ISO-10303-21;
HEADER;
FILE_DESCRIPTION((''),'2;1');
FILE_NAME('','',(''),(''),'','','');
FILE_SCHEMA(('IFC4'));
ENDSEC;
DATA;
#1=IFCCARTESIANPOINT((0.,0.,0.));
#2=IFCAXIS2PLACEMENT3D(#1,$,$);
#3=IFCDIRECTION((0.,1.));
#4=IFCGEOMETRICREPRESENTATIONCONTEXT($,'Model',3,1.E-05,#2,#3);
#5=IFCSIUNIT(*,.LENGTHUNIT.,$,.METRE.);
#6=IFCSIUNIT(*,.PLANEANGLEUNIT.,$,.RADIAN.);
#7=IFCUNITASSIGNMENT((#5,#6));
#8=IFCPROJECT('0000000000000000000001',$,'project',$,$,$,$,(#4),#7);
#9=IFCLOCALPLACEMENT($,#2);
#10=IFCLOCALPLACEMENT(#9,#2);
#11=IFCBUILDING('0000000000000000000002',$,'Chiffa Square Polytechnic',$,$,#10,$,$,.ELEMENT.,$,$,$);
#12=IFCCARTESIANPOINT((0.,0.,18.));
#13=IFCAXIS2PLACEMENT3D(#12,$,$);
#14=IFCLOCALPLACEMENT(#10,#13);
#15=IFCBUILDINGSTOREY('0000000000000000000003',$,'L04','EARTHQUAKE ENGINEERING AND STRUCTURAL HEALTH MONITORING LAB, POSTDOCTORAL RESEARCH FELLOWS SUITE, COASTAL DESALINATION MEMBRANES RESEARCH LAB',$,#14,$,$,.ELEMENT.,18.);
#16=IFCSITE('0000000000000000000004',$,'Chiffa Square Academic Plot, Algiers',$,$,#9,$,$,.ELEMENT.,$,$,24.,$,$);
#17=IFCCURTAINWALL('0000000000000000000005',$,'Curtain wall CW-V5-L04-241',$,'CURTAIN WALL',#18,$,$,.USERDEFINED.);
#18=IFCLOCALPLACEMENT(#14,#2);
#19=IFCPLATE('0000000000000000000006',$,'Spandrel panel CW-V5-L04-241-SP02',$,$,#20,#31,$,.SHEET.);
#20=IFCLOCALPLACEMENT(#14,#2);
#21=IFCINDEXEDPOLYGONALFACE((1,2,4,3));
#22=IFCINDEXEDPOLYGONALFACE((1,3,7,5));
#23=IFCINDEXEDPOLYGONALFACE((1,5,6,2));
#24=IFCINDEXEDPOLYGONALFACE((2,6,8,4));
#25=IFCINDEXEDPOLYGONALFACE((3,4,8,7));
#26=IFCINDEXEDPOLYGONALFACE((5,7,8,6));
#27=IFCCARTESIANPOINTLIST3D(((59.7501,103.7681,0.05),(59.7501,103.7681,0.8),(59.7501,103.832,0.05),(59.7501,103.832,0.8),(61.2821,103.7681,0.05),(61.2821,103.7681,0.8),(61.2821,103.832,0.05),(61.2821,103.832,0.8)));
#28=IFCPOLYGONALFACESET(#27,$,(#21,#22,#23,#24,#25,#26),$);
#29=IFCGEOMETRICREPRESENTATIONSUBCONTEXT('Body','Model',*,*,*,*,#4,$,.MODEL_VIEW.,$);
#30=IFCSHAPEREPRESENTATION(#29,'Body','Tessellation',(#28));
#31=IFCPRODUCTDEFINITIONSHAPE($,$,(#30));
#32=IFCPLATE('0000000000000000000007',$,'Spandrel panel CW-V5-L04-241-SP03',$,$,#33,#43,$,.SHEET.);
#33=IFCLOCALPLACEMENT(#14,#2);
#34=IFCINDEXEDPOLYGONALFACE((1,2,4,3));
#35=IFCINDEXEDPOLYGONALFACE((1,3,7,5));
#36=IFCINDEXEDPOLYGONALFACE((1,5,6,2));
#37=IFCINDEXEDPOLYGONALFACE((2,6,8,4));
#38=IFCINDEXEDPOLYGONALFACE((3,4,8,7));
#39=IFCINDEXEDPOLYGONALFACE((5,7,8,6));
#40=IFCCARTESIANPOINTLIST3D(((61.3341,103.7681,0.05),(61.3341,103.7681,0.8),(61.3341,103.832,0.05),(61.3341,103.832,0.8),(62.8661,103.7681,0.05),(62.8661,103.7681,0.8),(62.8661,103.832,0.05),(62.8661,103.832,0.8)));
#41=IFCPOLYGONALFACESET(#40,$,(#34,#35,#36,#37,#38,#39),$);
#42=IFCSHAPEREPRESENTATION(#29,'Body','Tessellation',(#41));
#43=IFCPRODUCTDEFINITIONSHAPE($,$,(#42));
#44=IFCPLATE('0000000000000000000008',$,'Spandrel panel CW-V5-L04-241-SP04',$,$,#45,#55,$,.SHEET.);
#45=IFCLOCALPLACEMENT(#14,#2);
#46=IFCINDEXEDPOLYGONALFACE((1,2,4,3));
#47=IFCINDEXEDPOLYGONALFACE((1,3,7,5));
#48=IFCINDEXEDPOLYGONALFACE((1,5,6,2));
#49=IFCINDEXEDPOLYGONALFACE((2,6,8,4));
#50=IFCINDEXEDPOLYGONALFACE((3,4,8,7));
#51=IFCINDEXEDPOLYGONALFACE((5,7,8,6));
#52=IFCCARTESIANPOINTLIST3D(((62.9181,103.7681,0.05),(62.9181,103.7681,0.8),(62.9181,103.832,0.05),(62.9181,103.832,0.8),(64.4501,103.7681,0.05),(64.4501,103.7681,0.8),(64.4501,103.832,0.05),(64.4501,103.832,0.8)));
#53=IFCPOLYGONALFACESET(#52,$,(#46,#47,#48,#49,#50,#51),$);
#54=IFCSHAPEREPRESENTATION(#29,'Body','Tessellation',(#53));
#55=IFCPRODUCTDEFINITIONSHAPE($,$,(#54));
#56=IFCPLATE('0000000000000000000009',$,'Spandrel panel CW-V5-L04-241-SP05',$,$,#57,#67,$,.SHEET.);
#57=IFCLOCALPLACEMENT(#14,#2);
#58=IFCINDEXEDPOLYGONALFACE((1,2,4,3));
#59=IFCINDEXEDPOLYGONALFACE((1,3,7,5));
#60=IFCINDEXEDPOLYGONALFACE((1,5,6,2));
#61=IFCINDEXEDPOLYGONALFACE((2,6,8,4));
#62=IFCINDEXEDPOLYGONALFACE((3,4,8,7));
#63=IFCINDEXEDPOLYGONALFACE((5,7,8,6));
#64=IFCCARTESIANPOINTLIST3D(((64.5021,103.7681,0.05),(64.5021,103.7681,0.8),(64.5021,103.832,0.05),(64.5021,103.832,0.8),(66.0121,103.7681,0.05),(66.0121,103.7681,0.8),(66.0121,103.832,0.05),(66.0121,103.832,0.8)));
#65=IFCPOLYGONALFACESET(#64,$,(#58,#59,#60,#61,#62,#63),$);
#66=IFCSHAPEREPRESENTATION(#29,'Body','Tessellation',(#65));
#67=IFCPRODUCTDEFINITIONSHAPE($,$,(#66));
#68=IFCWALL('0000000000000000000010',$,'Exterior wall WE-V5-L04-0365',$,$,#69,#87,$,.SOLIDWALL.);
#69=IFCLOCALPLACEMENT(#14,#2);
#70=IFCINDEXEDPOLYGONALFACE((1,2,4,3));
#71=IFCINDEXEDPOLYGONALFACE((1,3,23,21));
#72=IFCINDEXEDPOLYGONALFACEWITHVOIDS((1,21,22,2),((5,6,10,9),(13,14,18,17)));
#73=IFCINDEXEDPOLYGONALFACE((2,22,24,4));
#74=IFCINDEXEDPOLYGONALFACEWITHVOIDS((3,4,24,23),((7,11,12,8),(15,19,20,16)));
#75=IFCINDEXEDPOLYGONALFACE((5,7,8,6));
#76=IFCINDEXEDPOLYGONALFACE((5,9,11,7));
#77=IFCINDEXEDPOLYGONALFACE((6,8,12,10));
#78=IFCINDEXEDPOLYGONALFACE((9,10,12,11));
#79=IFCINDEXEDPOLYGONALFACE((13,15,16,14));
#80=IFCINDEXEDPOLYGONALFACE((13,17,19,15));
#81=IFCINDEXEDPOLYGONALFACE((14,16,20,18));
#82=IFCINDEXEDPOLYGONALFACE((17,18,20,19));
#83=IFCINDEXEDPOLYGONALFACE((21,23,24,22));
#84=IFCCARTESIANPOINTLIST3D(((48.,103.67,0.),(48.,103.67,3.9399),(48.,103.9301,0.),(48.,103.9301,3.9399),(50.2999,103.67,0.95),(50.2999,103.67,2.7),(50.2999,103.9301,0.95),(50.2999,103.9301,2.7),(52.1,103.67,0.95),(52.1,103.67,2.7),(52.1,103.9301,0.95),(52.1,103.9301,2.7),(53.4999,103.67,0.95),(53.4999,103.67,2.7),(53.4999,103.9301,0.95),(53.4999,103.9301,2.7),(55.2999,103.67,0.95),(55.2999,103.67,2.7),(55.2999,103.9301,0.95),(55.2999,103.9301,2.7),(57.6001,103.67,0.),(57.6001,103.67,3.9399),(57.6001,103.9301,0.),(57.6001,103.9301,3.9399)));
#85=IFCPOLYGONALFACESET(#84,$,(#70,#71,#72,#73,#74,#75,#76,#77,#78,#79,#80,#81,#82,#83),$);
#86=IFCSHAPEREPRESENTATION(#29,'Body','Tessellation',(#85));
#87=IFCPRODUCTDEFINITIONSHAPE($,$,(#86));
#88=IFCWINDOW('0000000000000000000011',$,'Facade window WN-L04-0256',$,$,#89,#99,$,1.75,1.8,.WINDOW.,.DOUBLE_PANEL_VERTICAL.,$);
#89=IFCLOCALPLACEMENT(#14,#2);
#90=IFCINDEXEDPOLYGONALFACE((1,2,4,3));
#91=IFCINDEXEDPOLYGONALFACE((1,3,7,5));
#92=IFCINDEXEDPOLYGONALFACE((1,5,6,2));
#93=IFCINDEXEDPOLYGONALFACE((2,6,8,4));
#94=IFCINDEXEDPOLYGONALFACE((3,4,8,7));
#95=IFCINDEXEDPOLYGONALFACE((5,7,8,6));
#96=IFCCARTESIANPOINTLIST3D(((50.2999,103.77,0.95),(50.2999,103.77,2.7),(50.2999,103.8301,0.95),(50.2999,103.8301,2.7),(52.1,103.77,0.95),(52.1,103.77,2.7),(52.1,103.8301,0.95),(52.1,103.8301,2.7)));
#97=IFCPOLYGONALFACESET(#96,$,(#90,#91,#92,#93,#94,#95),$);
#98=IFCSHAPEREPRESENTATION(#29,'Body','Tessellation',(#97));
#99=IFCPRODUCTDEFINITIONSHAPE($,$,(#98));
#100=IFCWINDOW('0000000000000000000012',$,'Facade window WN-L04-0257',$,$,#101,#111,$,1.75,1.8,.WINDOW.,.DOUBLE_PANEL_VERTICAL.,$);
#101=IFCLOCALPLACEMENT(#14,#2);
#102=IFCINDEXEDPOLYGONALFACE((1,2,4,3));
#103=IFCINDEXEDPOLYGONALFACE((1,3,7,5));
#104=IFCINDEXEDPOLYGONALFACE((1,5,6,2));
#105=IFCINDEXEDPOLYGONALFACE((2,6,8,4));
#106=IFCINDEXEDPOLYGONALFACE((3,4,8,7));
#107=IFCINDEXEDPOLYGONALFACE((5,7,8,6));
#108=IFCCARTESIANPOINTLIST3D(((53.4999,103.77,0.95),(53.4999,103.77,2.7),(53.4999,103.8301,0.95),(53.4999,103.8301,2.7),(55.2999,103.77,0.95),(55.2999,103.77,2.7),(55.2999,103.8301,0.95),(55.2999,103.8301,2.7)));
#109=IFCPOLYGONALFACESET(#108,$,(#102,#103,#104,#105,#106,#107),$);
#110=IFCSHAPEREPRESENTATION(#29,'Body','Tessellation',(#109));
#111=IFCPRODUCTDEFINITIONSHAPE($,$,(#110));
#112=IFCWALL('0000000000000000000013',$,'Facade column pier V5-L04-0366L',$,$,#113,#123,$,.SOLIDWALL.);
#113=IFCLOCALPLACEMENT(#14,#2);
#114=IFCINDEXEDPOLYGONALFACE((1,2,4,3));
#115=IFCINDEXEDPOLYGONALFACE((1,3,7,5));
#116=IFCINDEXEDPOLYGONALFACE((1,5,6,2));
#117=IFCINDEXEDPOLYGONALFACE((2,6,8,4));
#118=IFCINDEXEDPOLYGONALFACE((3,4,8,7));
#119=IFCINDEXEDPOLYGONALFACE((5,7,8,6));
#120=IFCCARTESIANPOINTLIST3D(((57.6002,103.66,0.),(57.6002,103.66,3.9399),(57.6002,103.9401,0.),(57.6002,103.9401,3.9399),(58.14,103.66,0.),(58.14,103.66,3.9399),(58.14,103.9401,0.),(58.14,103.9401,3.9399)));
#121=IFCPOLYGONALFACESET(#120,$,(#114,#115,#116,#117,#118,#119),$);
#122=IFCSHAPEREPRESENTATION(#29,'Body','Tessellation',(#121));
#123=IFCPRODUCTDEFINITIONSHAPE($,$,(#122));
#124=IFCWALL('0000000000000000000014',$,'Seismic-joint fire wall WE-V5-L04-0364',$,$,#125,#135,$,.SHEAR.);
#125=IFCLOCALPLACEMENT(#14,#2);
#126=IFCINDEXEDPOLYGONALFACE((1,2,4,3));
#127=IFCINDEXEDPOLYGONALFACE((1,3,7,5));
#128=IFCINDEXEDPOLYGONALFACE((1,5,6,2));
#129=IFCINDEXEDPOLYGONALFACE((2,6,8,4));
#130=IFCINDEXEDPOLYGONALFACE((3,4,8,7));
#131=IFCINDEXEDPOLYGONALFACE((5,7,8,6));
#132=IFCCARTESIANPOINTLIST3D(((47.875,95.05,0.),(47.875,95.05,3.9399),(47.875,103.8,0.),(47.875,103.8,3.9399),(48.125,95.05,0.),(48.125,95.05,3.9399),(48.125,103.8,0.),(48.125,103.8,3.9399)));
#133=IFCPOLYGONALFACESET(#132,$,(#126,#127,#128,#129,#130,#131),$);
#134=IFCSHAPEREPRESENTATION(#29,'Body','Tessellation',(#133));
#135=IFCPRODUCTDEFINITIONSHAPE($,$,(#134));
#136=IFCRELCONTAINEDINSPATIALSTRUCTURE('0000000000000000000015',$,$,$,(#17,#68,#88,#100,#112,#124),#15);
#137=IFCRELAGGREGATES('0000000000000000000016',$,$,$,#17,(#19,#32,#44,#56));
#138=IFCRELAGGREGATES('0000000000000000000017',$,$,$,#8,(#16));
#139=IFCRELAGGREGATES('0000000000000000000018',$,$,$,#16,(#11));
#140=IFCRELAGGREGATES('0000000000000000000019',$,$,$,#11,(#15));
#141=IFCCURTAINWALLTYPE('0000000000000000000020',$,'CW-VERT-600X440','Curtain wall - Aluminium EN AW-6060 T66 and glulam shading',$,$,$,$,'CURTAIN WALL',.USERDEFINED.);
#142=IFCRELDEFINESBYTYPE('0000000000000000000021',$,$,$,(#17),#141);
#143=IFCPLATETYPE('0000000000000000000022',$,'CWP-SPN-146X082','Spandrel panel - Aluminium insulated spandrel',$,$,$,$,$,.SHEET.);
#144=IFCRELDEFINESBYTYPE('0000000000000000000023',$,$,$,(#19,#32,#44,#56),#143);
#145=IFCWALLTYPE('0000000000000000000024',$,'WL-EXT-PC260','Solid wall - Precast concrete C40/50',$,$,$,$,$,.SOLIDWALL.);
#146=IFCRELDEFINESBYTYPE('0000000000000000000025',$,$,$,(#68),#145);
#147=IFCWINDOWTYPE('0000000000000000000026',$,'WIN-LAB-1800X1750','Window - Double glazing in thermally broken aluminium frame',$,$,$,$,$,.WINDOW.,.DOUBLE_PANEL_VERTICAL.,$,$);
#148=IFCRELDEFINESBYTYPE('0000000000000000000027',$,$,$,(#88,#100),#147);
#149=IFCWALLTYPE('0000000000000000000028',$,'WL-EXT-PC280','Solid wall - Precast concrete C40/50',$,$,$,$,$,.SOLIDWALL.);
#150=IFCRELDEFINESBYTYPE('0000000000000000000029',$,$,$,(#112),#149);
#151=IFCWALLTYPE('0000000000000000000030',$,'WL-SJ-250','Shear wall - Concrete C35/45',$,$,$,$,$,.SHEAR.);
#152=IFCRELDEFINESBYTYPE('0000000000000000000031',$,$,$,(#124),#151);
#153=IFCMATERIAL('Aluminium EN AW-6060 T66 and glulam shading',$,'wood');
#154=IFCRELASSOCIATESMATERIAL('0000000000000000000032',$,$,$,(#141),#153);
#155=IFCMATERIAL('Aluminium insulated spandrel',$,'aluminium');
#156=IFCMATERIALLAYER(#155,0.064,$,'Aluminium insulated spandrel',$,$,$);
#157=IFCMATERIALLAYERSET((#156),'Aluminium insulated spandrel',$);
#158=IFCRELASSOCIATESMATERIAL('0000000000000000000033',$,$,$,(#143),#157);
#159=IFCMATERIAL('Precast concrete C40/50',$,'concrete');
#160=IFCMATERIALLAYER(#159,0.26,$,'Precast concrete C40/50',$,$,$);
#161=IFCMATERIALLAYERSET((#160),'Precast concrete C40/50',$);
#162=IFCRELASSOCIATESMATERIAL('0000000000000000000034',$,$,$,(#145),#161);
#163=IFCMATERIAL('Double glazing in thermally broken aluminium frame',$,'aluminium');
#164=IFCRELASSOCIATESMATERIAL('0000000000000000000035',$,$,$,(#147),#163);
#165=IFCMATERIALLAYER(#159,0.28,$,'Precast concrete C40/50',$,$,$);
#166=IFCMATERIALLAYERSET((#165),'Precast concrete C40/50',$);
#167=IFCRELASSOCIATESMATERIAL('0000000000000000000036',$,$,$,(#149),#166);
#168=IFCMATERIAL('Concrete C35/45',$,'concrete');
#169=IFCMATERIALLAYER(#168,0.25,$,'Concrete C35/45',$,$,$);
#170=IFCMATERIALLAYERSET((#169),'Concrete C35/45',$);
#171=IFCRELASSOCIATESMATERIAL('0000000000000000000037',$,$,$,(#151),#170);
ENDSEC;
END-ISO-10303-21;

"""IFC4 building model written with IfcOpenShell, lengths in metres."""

from ifc_helpers import new_model, si_unit, direction, frame, frame_2d, origin, origin_2d, place, context, subcontext, project, spatial, rectangle, extrude, material, layer, layer_set, type_object, element, fill, aggregate, save


model = new_model("IFC4")

# Units and contexts
model_context = context("Model", 3, precision=1e-05, world=origin(), true_north=direction((0.0, 1.0)))
body_context = subcontext(model_context, "Body", "Model", "MODEL_VIEW")
ifc_project = project(units=[si_unit("LENGTHUNIT", "METRE"), si_unit("PLANEANGLEUNIT", "RADIAN")], contexts=[model_context])

# Site, building, storey
site_placement = place(None, origin())
site = spatial("IfcSite", under=ifc_project, at=site_placement, Name="Chiffa Square Academic Plot, Algiers", CompositionType="ELEMENT", RefElevation=24.0)
building_placement = place(site_placement, origin())
building = spatial("IfcBuilding", under=site, at=building_placement, Name="Chiffa Square Polytechnic", CompositionType="ELEMENT")
storey_placement = place(building_placement, frame((0.0, 0.0, 18.0)))
storey = spatial("IfcBuildingStorey", under=building, at=storey_placement, Name="L04", Description="EARTHQUAKE ENGINEERING AND STRUCTURAL HEALTH MONITORING LAB, POSTDOCTORAL RESEARCH FELLOWS SUITE, COASTAL DESALINATION MEMBRANES RESEARCH LAB", CompositionType="ELEMENT", Elevation=18.0)

# Shared definitions
ifc_material_1 = material(Name="Concrete C35/45", Category="concrete")

# Curtain wall, plates
ifc_material_2 = material(Name="Aluminium EN AW-6060 T66 and glulam shading", Category="wood")
curtain_wall_type = type_object("IfcCurtainWallType", Name="CW-VERT-600X440", Description="Curtain wall - Aluminium EN AW-6060 T66 and glulam shading", ElementType="CURTAIN WALL", PredefinedType="USERDEFINED", material=ifc_material_2)
curtain_wall_placement = place(storey_placement, origin())
curtain_wall = element("IfcCurtainWall", 1, at=curtain_wall_placement, inside=storey, type_object=curtain_wall_type, Name="Curtain wall CW-V5-L04-241", ObjectType="CURTAIN WALL", PredefinedType="USERDEFINED")
ifc_material_3 = material(Name="Aluminium insulated spandrel", Category="aluminium")
ifc_layer_1 = layer(ifc_material_3, 0.064, Name="Aluminium insulated spandrel")
ifc_layer_set_1 = layer_set([ifc_layer_1], Name="Aluminium insulated spandrel")
plate_type_1 = type_object("IfcPlateType", Name="CWP-SPN-146X082", Description="Spandrel panel - Aluminium insulated spandrel", PredefinedType="SHEET", material=ifc_layer_set_1)
plate_1_placement = place(storey_placement, frame((60.5161, 103.8, 0.05), z_axis=(0.0, 0.0, 1.0), x_axis=(1.0, 0.0, 0.0)))
plate_1 = element("IfcPlate", 2, at=plate_1_placement, type_object=plate_type_1, Name="Spandrel panel CW-V5-L04-241-SP02", PredefinedType="SHEET", context=body_context, shape_type="SweptSolid", body=[
    extrude(rectangle(XDim=1.532, YDim=0.064, at=origin_2d()), origin(), (0.0, 0.0, 1.0), 0.75),
])
plate_2_placement = place(storey_placement, frame((62.1001, 103.8, 0.05), z_axis=(0.0, 0.0, 1.0), x_axis=(1.0, 0.0, 0.0)))
plate_2 = element("IfcPlate", 3, at=plate_2_placement, type_object=plate_type_1, Name="Spandrel panel CW-V5-L04-241-SP03", PredefinedType="SHEET", context=body_context, shape_type="SweptSolid", body=[
    extrude(rectangle(XDim=1.532, YDim=0.064, at=origin_2d()), origin(), (0.0, 0.0, 1.0), 0.75),
])
plate_3_placement = place(storey_placement, frame((63.6841, 103.8, 0.05), z_axis=(0.0, 0.0, 1.0), x_axis=(1.0, 0.0, 0.0)))
plate_3 = element("IfcPlate", 4, at=plate_3_placement, type_object=plate_type_1, Name="Spandrel panel CW-V5-L04-241-SP04", PredefinedType="SHEET", context=body_context, shape_type="SweptSolid", body=[
    extrude(rectangle(XDim=1.532, YDim=0.064, at=origin_2d()), origin(), (0.0, 0.0, 1.0), 0.75),
])
plate_4_placement = place(storey_placement, frame((65.2571, 103.8, 0.05), z_axis=(0.0, 0.0, 1.0), x_axis=(1.0, 0.0, 0.0)))
plate_4 = element("IfcPlate", 5, at=plate_4_placement, type_object=plate_type_1, Name="Spandrel panel CW-V5-L04-241-SP05", PredefinedType="SHEET", context=body_context, shape_type="SweptSolid", body=[
    extrude(rectangle(XDim=1.51, YDim=0.064, at=origin_2d()), origin(), (0.0, 0.0, 1.0), 0.75),
])
aggregate(curtain_wall, [plate_1, plate_2, plate_3, plate_4])

# Wall, openings, windows
ifc_material_4 = material(Name="Precast concrete C40/50", Category="concrete")
ifc_layer_2 = layer(ifc_material_4, 0.26, Name="Precast concrete C40/50")
ifc_layer_set_2 = layer_set([ifc_layer_2], Name="Precast concrete C40/50")
wall_type_1 = type_object("IfcWallType", Name="WL-EXT-PC260", Description="Solid wall - Precast concrete C40/50", PredefinedType="SOLIDWALL", material=ifc_layer_set_2)
wall_1_placement = place(storey_placement, frame((48.0, 103.8, 0.0), z_axis=(0.0, 0.0, 1.0), x_axis=(1.0, 0.0, 0.0)))
wall_1 = element("IfcWall", 6, at=wall_1_placement, inside=storey, type_object=wall_type_1, Name="Exterior wall WE-V5-L04-0365", PredefinedType="SOLIDWALL", context=body_context, shape_type="SweptSolid", body=[
    extrude(rectangle(XDim=9.6001, YDim=0.26, at=frame_2d((4.8, 0.0))), origin(), (0.0, 0.0, 1.0), 3.9399),
])
opening_1_placement = place(wall_1_placement, frame((2.3, 0.0, 0.95)))
opening_1 = element("IfcOpeningElement", 7, at=opening_1_placement, cuts=wall_1, PredefinedType="OPENING", context=body_context, shape_type="SweptSolid", body=[
    extrude(rectangle(XDim=1.8, YDim=1.75, at=frame_2d((0.8999, 0.875))), frame((0.0, 0.1401, 0.0), z_axis=(0.0, -1.0, 0.0), x_axis=(1.0, 0.0, 0.0)), (0.0, 0.0, 1.0), 0.28),
])
opening_2_placement = place(wall_1_placement, frame((5.5, 0.0, 0.95)))
opening_2 = element("IfcOpeningElement", 8, at=opening_2_placement, cuts=wall_1, PredefinedType="OPENING", context=body_context, shape_type="SweptSolid", body=[
    extrude(rectangle(XDim=1.8, YDim=1.75, at=frame_2d((0.8999, 0.875))), frame((0.0, 0.1401, 0.0), z_axis=(0.0, -1.0, 0.0), x_axis=(1.0, 0.0, 0.0)), (0.0, 0.0, 1.0), 0.28),
])
ifc_material_5 = material(Name="Double glazing in thermally broken aluminium frame", Category="aluminium")
window_type = type_object("IfcWindowType", Name="WIN-LAB-1800X1750", Description="Window - Double glazing in thermally broken aluminium frame", PartitioningType="DOUBLE_PANEL_VERTICAL", PredefinedType="WINDOW", material=ifc_material_5)
window_1_placement = place(opening_1_placement, origin())
window_1 = element("IfcWindow", 9, at=window_1_placement, inside=storey, type_object=window_type, Name="Facade window WN-L04-0256", OverallHeight=1.75, OverallWidth=1.8, PartitioningType="DOUBLE_PANEL_VERTICAL", PredefinedType="WINDOW", context=body_context, shape_type="SweptSolid", body=[
    extrude(rectangle(XDim=1.8, YDim=1.75, at=frame_2d((0.8999, 0.875))), frame((0.0, 0.03, 0.0), z_axis=(0.0, -1.0, 0.0), x_axis=(1.0, 0.0, 0.0)), (0.0, 0.0, 1.0), 0.0601),
])
fill(opening_1, window_1)
window_2_placement = place(opening_2_placement, origin())
window_2 = element("IfcWindow", 10, at=window_2_placement, inside=storey, type_object=window_type, Name="Facade window WN-L04-0257", OverallHeight=1.75, OverallWidth=1.8, PartitioningType="DOUBLE_PANEL_VERTICAL", PredefinedType="WINDOW", context=body_context, shape_type="SweptSolid", body=[
    extrude(rectangle(XDim=1.8, YDim=1.75, at=frame_2d((0.8999, 0.875))), frame((0.0, 0.03, 0.0), z_axis=(0.0, -1.0, 0.0), x_axis=(1.0, 0.0, 0.0)), (0.0, 0.0, 1.0), 0.0601),
])
fill(opening_2, window_2)

# Walls
ifc_layer_3 = layer(ifc_material_4, 0.28, Name="Precast concrete C40/50")
ifc_layer_set_3 = layer_set([ifc_layer_3], Name="Precast concrete C40/50")
wall_type_2 = type_object("IfcWallType", Name="WL-EXT-PC280", Description="Solid wall - Precast concrete C40/50", PredefinedType="SOLIDWALL", material=ifc_layer_set_3)
wall_2_placement = place(storey_placement, frame((57.6001, 103.8, 0.0), z_axis=(0.0, 0.0, 1.0), x_axis=(1.0, 0.0, 0.0)))
element("IfcWall", 11, at=wall_2_placement, inside=storey, type_object=wall_type_2, Name="Facade column pier V5-L04-0366L", PredefinedType="SOLIDWALL", context=body_context, shape_type="SweptSolid", body=[
    extrude(rectangle(XDim=0.5398, YDim=0.28, at=frame_2d((0.27, 0.0))), origin(), (0.0, 0.0, 1.0), 3.9399),
])
ifc_layer_4 = layer(ifc_material_1, 0.25, Name="Concrete C35/45")
ifc_layer_set_4 = layer_set([ifc_layer_4], Name="Concrete C35/45")
wall_type_3 = type_object("IfcWallType", Name="WL-SJ-250", Description="Shear wall - Concrete C35/45", PredefinedType="SHEAR", material=ifc_layer_set_4)
wall_3_placement = place(storey_placement, frame((48.0, 95.05, 0.0), z_axis=(0.0, 0.0, 1.0), x_axis=(0.0, 1.0, 0.0)))
element("IfcWall", 12, at=wall_3_placement, inside=storey, type_object=wall_type_3, Name="Seismic-joint fire wall WE-V5-L04-0364", PredefinedType="SHEAR", context=body_context, shape_type="SweptSolid", body=[
    extrude(rectangle(XDim=8.75, YDim=0.25, at=frame_2d((4.375, 0.0))), origin(), (0.0, 0.0, 1.0), 3.9399),
])

save(model, "model.ifc")
